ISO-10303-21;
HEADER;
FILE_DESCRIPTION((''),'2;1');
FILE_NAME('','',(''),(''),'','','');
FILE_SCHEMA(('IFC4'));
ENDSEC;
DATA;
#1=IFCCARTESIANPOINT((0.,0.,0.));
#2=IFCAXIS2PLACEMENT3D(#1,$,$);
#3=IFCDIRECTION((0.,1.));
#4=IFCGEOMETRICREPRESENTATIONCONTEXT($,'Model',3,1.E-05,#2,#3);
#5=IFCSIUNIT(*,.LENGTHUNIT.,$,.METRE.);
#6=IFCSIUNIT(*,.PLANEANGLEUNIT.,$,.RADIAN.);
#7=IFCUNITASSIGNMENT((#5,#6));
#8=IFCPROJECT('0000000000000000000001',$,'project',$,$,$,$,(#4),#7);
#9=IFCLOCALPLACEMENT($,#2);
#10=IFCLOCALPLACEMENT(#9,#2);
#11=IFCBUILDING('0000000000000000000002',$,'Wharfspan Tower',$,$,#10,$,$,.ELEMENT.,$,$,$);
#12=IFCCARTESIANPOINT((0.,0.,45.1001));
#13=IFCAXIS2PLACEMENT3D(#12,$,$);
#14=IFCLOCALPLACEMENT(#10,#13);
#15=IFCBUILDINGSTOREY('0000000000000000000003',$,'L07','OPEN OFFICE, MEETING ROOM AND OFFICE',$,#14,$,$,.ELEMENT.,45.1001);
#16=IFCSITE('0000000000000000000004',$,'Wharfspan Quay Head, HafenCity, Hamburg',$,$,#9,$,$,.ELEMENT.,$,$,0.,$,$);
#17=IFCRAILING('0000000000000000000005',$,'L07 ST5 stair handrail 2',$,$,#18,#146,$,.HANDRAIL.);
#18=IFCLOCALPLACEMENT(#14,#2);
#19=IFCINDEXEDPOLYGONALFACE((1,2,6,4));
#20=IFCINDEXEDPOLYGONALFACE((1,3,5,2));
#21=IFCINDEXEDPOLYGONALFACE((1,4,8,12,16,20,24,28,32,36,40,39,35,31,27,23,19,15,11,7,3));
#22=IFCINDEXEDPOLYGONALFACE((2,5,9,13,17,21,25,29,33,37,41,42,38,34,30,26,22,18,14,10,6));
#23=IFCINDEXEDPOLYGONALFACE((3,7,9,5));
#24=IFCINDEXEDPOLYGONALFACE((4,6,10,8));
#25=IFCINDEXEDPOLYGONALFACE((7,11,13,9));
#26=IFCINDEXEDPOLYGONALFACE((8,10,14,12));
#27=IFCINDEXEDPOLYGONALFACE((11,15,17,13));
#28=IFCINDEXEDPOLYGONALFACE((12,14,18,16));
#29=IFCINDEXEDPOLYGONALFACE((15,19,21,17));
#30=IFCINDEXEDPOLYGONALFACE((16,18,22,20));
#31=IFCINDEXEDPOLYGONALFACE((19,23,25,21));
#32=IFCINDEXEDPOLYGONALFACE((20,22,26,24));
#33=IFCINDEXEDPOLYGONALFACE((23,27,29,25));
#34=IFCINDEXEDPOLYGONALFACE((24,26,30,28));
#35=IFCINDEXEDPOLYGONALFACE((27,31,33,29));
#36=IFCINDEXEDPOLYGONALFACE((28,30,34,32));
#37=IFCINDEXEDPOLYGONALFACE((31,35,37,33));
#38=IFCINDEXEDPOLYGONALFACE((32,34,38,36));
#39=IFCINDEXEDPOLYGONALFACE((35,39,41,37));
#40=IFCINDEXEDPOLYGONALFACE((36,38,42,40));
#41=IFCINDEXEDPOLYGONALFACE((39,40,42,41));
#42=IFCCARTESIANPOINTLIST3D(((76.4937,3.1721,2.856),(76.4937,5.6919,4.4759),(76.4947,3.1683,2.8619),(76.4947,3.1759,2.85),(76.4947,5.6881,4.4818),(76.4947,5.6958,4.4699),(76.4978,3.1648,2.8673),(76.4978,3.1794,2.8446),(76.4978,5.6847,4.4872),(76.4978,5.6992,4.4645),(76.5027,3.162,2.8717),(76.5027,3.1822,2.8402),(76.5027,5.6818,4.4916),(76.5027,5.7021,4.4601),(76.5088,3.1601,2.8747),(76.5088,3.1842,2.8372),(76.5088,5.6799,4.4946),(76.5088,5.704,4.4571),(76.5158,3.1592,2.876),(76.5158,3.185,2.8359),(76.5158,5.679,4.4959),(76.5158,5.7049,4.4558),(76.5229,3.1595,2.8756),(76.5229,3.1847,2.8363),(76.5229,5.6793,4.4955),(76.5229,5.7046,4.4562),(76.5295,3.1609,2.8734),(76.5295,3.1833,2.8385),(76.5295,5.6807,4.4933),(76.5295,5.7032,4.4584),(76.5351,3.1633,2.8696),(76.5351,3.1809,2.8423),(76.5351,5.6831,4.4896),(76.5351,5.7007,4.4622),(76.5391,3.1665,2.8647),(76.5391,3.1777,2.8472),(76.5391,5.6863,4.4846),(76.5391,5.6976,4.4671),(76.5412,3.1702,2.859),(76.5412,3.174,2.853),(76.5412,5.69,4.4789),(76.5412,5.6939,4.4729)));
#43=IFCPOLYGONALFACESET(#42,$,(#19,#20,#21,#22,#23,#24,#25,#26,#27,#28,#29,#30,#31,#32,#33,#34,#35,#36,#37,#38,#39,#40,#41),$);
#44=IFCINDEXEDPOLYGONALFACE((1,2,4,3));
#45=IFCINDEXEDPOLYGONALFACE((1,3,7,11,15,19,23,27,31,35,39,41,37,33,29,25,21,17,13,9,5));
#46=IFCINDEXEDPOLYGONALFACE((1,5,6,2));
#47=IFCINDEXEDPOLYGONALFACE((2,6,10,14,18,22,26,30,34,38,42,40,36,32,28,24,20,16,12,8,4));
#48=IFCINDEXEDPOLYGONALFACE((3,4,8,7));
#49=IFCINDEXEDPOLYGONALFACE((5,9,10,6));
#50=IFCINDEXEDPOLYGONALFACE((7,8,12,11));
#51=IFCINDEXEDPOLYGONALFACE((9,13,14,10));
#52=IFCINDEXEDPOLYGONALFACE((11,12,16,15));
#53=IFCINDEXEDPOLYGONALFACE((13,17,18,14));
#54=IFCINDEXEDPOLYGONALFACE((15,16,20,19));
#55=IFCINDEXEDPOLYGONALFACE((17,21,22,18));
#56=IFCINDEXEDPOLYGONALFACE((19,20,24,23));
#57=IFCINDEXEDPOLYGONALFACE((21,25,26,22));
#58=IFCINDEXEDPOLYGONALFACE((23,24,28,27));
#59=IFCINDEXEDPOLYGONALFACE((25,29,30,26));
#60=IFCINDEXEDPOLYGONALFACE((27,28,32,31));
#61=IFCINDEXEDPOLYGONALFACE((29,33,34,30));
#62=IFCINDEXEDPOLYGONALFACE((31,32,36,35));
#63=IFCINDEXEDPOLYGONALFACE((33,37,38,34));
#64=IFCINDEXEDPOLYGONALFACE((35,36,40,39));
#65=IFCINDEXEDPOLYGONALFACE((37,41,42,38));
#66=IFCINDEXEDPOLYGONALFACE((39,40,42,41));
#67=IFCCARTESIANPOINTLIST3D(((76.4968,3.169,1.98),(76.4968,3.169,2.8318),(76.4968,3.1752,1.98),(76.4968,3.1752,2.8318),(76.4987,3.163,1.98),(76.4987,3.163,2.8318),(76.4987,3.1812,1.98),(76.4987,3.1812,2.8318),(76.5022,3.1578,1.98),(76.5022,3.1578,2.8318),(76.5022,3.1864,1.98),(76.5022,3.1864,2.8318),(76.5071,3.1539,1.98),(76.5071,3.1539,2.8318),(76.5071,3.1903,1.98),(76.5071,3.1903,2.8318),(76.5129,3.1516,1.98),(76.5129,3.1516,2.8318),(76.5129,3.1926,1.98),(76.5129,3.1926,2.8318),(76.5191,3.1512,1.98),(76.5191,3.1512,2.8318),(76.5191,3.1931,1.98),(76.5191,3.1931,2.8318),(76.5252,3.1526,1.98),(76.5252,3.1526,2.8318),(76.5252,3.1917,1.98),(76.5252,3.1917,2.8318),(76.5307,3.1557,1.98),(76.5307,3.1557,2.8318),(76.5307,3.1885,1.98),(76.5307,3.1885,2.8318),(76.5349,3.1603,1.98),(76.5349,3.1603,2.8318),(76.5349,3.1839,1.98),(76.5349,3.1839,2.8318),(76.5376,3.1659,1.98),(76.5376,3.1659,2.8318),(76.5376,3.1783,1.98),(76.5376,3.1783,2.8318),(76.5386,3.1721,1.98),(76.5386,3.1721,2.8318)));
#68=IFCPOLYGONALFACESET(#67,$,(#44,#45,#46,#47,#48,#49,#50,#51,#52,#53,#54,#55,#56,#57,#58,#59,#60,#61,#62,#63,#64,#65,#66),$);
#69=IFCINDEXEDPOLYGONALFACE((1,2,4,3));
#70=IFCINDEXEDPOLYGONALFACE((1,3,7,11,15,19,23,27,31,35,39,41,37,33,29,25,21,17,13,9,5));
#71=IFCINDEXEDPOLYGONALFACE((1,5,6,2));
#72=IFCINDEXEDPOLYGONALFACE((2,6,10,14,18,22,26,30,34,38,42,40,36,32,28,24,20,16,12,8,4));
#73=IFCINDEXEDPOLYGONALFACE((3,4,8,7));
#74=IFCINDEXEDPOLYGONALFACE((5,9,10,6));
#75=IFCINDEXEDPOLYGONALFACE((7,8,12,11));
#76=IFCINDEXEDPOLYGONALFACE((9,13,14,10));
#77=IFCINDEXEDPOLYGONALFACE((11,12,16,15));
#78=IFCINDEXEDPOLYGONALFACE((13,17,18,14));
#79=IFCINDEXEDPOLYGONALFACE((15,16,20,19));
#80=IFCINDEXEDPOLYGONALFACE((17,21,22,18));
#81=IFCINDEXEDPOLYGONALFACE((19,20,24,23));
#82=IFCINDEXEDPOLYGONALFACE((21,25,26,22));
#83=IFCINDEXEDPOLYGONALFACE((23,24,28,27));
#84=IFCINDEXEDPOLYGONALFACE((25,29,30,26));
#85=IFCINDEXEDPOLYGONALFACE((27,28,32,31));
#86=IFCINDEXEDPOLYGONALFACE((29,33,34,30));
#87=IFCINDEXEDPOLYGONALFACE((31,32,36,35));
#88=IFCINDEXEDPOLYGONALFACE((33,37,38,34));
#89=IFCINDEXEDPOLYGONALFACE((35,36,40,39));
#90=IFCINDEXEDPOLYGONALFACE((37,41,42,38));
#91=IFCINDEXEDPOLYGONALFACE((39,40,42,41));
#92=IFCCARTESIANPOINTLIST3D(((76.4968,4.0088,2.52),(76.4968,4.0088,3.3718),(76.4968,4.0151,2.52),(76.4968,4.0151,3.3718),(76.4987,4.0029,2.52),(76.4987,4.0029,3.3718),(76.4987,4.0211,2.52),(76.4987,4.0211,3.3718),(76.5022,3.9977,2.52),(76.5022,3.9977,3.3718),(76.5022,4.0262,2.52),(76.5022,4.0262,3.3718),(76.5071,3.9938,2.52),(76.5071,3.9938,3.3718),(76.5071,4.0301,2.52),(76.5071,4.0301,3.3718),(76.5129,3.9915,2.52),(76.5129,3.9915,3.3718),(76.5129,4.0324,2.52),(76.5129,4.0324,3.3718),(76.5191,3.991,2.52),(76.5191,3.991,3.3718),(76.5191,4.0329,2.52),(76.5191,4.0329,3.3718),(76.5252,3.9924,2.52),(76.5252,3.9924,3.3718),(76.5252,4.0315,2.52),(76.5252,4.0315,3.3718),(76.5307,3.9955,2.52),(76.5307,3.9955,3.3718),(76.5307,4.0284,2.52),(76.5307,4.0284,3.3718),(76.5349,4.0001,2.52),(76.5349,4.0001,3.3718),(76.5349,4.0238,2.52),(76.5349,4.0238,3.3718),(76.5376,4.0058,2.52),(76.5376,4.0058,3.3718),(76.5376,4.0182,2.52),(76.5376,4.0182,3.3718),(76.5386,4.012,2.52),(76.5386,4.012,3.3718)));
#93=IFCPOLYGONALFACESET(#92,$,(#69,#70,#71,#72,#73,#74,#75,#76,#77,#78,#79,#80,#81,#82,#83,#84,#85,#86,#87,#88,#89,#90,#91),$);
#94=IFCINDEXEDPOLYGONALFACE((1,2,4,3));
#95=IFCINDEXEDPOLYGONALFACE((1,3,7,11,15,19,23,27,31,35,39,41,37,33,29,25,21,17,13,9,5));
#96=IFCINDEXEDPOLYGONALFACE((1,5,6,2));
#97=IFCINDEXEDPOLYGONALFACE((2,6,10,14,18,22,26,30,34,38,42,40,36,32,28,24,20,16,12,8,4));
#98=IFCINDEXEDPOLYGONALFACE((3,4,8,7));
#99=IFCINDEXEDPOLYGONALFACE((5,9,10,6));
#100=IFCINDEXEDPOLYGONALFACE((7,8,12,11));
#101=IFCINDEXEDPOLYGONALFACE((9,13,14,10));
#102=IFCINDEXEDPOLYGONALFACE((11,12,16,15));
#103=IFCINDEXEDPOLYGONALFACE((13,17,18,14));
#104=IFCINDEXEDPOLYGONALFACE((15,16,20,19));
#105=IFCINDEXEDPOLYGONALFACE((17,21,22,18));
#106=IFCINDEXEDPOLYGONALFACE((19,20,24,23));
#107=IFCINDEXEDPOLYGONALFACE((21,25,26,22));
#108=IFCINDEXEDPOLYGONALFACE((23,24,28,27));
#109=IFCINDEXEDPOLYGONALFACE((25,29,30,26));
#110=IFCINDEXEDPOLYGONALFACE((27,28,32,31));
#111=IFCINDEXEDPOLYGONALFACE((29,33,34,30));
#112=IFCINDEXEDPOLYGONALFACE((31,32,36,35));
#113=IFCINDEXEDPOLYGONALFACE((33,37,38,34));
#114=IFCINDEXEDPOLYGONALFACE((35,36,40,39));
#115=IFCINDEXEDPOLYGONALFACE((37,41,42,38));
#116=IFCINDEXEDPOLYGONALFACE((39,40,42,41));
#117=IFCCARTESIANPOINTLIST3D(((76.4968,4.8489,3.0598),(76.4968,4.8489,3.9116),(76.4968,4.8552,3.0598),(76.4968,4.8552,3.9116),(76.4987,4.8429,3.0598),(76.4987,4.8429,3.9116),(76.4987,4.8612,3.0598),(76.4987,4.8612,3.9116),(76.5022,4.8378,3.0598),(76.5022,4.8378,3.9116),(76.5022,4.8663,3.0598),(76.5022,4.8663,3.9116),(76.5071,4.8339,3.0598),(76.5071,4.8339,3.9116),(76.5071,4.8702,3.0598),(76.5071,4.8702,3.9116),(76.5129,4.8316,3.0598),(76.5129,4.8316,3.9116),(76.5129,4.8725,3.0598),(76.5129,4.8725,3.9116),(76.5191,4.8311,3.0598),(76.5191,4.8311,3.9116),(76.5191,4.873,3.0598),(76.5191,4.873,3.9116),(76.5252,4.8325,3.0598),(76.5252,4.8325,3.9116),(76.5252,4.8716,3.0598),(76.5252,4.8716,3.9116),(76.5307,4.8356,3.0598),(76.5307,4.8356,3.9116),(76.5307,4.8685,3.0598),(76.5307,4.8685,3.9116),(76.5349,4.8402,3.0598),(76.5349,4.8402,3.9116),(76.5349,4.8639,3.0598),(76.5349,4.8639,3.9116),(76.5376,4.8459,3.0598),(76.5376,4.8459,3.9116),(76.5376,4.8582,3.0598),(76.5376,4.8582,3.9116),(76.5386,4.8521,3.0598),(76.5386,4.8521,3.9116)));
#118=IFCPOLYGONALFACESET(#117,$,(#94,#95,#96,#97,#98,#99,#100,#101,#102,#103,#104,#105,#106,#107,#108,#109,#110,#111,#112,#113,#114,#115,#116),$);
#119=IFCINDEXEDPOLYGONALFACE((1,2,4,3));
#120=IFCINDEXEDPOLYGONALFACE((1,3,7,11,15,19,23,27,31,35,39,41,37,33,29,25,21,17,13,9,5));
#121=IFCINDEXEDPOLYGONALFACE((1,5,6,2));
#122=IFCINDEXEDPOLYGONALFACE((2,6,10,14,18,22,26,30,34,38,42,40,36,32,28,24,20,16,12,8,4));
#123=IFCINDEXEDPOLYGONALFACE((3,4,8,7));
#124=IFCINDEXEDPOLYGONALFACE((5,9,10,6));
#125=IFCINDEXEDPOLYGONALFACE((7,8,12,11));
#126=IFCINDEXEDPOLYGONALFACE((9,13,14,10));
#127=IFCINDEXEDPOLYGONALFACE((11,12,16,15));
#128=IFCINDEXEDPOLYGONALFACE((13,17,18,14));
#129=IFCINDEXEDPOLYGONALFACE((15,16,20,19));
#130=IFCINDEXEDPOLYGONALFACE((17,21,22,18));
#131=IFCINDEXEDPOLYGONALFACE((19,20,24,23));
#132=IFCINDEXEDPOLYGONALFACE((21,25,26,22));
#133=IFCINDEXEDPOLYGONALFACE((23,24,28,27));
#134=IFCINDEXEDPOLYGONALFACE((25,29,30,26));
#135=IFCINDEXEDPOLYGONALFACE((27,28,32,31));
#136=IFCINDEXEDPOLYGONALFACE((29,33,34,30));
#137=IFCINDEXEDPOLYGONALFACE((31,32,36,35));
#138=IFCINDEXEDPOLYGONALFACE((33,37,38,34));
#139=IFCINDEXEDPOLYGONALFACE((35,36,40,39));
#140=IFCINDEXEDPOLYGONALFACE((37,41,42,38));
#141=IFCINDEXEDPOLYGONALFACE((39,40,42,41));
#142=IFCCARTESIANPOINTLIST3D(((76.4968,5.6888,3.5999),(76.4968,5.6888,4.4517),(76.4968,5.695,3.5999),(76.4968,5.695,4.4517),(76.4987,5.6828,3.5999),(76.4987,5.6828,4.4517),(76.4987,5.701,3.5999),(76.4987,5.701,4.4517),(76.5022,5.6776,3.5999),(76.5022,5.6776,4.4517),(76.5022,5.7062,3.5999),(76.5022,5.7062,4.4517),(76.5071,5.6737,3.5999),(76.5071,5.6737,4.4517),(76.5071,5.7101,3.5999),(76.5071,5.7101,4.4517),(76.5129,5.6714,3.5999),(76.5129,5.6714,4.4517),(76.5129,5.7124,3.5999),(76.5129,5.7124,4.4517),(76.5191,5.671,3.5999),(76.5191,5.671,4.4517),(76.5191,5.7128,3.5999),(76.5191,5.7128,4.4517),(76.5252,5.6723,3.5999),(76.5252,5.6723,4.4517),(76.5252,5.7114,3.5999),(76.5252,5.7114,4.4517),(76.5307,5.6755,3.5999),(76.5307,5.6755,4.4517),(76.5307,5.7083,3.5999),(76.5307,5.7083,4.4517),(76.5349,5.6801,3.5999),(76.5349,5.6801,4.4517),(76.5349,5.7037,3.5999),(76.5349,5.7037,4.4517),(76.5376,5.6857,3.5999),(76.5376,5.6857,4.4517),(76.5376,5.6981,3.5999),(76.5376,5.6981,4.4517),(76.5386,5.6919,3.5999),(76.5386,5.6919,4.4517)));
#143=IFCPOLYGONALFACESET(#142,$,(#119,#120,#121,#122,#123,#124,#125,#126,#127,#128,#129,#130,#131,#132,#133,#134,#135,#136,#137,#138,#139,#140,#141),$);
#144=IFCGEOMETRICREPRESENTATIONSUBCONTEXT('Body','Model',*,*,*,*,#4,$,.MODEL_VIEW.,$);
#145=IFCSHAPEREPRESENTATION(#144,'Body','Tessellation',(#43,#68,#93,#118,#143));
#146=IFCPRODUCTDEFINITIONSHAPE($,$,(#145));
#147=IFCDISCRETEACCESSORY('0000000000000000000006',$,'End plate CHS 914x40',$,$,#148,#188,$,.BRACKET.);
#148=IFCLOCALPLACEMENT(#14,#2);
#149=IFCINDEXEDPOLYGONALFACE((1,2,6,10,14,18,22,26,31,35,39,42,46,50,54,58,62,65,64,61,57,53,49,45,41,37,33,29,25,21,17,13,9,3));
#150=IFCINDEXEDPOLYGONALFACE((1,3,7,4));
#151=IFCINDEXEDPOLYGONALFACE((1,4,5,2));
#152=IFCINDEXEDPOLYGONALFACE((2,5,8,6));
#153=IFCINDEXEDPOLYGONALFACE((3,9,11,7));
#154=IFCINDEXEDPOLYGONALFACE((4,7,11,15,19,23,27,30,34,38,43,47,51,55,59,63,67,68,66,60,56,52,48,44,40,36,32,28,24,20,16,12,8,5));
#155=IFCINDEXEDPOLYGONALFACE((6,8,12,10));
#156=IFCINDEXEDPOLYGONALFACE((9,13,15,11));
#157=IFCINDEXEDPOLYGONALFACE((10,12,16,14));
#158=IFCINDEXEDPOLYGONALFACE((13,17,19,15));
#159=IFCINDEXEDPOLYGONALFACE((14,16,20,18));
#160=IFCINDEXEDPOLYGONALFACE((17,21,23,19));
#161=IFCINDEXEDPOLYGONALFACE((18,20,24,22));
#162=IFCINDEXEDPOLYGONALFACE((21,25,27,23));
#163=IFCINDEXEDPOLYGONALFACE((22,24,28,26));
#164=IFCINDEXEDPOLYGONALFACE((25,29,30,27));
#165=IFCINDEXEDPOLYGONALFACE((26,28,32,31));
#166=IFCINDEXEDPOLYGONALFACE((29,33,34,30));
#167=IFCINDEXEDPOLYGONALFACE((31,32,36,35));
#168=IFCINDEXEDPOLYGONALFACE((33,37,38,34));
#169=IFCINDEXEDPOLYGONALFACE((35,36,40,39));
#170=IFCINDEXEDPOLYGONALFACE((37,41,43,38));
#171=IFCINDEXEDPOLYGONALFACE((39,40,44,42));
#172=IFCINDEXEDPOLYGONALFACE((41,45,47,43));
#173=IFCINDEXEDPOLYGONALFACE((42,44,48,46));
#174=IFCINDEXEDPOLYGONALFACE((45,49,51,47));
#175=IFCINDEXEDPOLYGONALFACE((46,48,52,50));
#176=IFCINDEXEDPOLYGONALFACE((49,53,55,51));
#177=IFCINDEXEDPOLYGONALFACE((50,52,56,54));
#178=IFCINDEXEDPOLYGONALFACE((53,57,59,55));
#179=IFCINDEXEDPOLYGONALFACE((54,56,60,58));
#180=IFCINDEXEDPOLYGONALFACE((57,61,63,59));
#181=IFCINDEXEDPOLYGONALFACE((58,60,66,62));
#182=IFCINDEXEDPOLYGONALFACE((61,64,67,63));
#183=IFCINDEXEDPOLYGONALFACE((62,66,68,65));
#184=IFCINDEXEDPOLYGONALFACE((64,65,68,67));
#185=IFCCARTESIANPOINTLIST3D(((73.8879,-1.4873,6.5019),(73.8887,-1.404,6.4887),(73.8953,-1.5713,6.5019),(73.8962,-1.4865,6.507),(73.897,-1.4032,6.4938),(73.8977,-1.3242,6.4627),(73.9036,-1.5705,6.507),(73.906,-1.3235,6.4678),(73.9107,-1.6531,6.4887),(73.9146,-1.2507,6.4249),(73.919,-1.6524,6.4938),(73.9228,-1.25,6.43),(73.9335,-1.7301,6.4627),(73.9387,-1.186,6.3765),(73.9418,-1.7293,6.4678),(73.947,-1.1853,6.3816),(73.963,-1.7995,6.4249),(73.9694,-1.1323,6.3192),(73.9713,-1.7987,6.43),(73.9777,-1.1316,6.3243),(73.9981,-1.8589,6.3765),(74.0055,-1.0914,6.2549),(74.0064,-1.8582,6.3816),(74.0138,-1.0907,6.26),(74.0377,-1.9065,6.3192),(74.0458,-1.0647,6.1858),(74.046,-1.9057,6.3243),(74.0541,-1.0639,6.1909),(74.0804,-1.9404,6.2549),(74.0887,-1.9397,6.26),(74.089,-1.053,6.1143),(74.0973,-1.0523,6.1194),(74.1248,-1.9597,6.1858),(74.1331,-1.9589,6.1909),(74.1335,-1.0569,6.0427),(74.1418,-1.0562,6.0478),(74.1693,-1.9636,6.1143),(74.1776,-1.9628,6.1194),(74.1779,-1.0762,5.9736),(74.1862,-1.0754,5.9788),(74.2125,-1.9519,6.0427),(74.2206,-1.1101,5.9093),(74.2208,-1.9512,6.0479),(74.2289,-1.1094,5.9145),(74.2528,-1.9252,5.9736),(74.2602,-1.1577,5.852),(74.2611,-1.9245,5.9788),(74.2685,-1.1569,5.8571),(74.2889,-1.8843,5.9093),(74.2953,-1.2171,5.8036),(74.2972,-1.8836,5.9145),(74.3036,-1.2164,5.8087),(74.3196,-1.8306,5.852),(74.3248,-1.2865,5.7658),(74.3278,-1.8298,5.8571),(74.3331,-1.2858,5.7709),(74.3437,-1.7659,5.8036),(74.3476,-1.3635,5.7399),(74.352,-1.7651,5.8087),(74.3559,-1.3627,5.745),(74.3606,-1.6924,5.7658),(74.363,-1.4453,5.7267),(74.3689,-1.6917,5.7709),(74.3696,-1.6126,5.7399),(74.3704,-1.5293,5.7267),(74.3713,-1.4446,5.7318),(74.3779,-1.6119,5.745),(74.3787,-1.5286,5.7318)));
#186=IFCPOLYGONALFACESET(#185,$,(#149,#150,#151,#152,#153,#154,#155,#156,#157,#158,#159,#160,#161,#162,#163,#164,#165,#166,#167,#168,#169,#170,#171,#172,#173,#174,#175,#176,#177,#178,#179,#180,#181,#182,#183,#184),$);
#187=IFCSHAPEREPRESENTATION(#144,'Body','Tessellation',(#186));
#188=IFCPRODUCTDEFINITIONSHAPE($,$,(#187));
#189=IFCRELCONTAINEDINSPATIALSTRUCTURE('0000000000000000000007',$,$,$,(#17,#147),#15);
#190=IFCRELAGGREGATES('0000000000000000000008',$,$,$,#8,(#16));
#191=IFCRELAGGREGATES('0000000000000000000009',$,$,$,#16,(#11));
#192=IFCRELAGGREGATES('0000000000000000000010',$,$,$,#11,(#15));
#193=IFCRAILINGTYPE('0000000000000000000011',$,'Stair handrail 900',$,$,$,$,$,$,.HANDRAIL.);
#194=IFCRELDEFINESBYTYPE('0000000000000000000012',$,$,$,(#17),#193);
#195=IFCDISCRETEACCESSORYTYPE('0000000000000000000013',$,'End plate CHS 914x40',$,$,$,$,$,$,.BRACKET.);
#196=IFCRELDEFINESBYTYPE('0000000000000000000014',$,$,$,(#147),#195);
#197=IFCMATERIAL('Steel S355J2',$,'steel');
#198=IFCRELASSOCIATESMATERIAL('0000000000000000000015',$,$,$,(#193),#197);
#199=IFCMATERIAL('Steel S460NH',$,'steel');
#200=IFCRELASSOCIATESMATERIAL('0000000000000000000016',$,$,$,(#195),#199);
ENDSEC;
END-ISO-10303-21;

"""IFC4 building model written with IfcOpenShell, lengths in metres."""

from ifc_helpers import new_model, si_unit, direction, frame, origin, origin_2d, place, context, subcontext, project, spatial, circle, extrude, material, material_profile, profile_set, type_object, element, save


model = new_model("IFC4")

# Units and contexts
model_context = context("Model", 3, precision=1e-05, world=origin(), true_north=direction((0.0, 1.0)))
body_context = subcontext(model_context, "Body", "Model", "MODEL_VIEW")
ifc_project = project(units=[si_unit("LENGTHUNIT", "METRE"), si_unit("PLANEANGLEUNIT", "RADIAN")], contexts=[model_context])

# Site, building, storey
site_placement = place(None, origin())
site = spatial("IfcSite", under=ifc_project, at=site_placement, Name="Wharfspan Quay Head, HafenCity, Hamburg", CompositionType="ELEMENT", RefElevation=0.0)
building_placement = place(site_placement, origin())
building = spatial("IfcBuilding", under=site, at=building_placement, Name="Wharfspan Tower", CompositionType="ELEMENT")
storey_placement = place(building_placement, frame((0.0, 0.0, 45.1001)))
storey = spatial("IfcBuildingStorey", under=building, at=storey_placement, Name="L07", Description="OPEN OFFICE, MEETING ROOM AND OFFICE", CompositionType="ELEMENT", Elevation=45.1001)

# Shared definitions
ifc_material_1 = material(Name="Steel S355J2", Category="steel")

# Shared definitions
ifc_material_2 = material(Name="Steel S460NH", Category="steel")

# Railing
railing_type_1 = type_object("IfcRailingType", Name="Stair handrail 900", PredefinedType="HANDRAIL", material=ifc_material_1)
railing_1_placement = place(storey_placement, frame((76.5176, 3.1721, 1.98)))
element("IfcRailing", 1, at=railing_1_placement, inside=storey, type_object=railing_type_1, Name="L07 ST5 stair handrail 2", PredefinedType="HANDRAIL", context=body_context, shape_type="SweptSolid", body=[
    extrude(circle(Radius=0.0239, at=origin_2d()), frame((0.0, 0.0, 0.876), z_axis=(0.0, 0.841176, 0.540762), x_axis=(-1.0, 0.0, 0.0)), (0.0, 0.0, 1.0), 2.9956),
    extrude(circle(Radius=0.021, at=origin_2d()), origin(), (0.0, 0.0, 1.0), 0.8518),
    extrude(circle(Radius=0.021, at=origin_2d()), frame((0.0, 0.8398, 0.54)), (0.0, 0.0, 1.0), 0.8518),
    extrude(circle(Radius=0.021, at=origin_2d()), frame((0.0, 1.6799, 1.0798)), (0.0, 0.0, 1.0), 0.8518),
    extrude(circle(Radius=0.021, at=origin_2d()), frame((0.0, 2.5198, 1.6199)), (0.0, 0.0, 1.0), 0.8518),
])

# Discrete accessory
ifc_material_profile_1 = material_profile(ifc_material_2, circle(Radius=0.457, at=origin_2d()))
ifc_profile_set_1 = profile_set([ifc_material_profile_1], Name="Steel S460NH")
discrete_accessory_type = type_object("IfcDiscreteAccessoryType", Name="End plate CHS 914x40", PredefinedType="BRACKET", material=ifc_profile_set_1)
discrete_accessory_placement = place(storey_placement, frame((74.1291, -1.5083, 6.1143), z_axis=(0.848411, 0.07486, 0.524018), x_axis=(-0.087893, 0.996132, -0.000002)))
element("IfcDiscreteAccessory", 2, at=discrete_accessory_placement, inside=storey, type_object=discrete_accessory_type, Name="End plate CHS 914x40", PredefinedType="BRACKET", context=body_context, shape_type="SweptSolid", body=[
    extrude(circle(Radius=0.457, at=origin_2d()), origin(), (0.0, 0.0, 1.0), 0.0098),
])

save(model, "model.ifc")
